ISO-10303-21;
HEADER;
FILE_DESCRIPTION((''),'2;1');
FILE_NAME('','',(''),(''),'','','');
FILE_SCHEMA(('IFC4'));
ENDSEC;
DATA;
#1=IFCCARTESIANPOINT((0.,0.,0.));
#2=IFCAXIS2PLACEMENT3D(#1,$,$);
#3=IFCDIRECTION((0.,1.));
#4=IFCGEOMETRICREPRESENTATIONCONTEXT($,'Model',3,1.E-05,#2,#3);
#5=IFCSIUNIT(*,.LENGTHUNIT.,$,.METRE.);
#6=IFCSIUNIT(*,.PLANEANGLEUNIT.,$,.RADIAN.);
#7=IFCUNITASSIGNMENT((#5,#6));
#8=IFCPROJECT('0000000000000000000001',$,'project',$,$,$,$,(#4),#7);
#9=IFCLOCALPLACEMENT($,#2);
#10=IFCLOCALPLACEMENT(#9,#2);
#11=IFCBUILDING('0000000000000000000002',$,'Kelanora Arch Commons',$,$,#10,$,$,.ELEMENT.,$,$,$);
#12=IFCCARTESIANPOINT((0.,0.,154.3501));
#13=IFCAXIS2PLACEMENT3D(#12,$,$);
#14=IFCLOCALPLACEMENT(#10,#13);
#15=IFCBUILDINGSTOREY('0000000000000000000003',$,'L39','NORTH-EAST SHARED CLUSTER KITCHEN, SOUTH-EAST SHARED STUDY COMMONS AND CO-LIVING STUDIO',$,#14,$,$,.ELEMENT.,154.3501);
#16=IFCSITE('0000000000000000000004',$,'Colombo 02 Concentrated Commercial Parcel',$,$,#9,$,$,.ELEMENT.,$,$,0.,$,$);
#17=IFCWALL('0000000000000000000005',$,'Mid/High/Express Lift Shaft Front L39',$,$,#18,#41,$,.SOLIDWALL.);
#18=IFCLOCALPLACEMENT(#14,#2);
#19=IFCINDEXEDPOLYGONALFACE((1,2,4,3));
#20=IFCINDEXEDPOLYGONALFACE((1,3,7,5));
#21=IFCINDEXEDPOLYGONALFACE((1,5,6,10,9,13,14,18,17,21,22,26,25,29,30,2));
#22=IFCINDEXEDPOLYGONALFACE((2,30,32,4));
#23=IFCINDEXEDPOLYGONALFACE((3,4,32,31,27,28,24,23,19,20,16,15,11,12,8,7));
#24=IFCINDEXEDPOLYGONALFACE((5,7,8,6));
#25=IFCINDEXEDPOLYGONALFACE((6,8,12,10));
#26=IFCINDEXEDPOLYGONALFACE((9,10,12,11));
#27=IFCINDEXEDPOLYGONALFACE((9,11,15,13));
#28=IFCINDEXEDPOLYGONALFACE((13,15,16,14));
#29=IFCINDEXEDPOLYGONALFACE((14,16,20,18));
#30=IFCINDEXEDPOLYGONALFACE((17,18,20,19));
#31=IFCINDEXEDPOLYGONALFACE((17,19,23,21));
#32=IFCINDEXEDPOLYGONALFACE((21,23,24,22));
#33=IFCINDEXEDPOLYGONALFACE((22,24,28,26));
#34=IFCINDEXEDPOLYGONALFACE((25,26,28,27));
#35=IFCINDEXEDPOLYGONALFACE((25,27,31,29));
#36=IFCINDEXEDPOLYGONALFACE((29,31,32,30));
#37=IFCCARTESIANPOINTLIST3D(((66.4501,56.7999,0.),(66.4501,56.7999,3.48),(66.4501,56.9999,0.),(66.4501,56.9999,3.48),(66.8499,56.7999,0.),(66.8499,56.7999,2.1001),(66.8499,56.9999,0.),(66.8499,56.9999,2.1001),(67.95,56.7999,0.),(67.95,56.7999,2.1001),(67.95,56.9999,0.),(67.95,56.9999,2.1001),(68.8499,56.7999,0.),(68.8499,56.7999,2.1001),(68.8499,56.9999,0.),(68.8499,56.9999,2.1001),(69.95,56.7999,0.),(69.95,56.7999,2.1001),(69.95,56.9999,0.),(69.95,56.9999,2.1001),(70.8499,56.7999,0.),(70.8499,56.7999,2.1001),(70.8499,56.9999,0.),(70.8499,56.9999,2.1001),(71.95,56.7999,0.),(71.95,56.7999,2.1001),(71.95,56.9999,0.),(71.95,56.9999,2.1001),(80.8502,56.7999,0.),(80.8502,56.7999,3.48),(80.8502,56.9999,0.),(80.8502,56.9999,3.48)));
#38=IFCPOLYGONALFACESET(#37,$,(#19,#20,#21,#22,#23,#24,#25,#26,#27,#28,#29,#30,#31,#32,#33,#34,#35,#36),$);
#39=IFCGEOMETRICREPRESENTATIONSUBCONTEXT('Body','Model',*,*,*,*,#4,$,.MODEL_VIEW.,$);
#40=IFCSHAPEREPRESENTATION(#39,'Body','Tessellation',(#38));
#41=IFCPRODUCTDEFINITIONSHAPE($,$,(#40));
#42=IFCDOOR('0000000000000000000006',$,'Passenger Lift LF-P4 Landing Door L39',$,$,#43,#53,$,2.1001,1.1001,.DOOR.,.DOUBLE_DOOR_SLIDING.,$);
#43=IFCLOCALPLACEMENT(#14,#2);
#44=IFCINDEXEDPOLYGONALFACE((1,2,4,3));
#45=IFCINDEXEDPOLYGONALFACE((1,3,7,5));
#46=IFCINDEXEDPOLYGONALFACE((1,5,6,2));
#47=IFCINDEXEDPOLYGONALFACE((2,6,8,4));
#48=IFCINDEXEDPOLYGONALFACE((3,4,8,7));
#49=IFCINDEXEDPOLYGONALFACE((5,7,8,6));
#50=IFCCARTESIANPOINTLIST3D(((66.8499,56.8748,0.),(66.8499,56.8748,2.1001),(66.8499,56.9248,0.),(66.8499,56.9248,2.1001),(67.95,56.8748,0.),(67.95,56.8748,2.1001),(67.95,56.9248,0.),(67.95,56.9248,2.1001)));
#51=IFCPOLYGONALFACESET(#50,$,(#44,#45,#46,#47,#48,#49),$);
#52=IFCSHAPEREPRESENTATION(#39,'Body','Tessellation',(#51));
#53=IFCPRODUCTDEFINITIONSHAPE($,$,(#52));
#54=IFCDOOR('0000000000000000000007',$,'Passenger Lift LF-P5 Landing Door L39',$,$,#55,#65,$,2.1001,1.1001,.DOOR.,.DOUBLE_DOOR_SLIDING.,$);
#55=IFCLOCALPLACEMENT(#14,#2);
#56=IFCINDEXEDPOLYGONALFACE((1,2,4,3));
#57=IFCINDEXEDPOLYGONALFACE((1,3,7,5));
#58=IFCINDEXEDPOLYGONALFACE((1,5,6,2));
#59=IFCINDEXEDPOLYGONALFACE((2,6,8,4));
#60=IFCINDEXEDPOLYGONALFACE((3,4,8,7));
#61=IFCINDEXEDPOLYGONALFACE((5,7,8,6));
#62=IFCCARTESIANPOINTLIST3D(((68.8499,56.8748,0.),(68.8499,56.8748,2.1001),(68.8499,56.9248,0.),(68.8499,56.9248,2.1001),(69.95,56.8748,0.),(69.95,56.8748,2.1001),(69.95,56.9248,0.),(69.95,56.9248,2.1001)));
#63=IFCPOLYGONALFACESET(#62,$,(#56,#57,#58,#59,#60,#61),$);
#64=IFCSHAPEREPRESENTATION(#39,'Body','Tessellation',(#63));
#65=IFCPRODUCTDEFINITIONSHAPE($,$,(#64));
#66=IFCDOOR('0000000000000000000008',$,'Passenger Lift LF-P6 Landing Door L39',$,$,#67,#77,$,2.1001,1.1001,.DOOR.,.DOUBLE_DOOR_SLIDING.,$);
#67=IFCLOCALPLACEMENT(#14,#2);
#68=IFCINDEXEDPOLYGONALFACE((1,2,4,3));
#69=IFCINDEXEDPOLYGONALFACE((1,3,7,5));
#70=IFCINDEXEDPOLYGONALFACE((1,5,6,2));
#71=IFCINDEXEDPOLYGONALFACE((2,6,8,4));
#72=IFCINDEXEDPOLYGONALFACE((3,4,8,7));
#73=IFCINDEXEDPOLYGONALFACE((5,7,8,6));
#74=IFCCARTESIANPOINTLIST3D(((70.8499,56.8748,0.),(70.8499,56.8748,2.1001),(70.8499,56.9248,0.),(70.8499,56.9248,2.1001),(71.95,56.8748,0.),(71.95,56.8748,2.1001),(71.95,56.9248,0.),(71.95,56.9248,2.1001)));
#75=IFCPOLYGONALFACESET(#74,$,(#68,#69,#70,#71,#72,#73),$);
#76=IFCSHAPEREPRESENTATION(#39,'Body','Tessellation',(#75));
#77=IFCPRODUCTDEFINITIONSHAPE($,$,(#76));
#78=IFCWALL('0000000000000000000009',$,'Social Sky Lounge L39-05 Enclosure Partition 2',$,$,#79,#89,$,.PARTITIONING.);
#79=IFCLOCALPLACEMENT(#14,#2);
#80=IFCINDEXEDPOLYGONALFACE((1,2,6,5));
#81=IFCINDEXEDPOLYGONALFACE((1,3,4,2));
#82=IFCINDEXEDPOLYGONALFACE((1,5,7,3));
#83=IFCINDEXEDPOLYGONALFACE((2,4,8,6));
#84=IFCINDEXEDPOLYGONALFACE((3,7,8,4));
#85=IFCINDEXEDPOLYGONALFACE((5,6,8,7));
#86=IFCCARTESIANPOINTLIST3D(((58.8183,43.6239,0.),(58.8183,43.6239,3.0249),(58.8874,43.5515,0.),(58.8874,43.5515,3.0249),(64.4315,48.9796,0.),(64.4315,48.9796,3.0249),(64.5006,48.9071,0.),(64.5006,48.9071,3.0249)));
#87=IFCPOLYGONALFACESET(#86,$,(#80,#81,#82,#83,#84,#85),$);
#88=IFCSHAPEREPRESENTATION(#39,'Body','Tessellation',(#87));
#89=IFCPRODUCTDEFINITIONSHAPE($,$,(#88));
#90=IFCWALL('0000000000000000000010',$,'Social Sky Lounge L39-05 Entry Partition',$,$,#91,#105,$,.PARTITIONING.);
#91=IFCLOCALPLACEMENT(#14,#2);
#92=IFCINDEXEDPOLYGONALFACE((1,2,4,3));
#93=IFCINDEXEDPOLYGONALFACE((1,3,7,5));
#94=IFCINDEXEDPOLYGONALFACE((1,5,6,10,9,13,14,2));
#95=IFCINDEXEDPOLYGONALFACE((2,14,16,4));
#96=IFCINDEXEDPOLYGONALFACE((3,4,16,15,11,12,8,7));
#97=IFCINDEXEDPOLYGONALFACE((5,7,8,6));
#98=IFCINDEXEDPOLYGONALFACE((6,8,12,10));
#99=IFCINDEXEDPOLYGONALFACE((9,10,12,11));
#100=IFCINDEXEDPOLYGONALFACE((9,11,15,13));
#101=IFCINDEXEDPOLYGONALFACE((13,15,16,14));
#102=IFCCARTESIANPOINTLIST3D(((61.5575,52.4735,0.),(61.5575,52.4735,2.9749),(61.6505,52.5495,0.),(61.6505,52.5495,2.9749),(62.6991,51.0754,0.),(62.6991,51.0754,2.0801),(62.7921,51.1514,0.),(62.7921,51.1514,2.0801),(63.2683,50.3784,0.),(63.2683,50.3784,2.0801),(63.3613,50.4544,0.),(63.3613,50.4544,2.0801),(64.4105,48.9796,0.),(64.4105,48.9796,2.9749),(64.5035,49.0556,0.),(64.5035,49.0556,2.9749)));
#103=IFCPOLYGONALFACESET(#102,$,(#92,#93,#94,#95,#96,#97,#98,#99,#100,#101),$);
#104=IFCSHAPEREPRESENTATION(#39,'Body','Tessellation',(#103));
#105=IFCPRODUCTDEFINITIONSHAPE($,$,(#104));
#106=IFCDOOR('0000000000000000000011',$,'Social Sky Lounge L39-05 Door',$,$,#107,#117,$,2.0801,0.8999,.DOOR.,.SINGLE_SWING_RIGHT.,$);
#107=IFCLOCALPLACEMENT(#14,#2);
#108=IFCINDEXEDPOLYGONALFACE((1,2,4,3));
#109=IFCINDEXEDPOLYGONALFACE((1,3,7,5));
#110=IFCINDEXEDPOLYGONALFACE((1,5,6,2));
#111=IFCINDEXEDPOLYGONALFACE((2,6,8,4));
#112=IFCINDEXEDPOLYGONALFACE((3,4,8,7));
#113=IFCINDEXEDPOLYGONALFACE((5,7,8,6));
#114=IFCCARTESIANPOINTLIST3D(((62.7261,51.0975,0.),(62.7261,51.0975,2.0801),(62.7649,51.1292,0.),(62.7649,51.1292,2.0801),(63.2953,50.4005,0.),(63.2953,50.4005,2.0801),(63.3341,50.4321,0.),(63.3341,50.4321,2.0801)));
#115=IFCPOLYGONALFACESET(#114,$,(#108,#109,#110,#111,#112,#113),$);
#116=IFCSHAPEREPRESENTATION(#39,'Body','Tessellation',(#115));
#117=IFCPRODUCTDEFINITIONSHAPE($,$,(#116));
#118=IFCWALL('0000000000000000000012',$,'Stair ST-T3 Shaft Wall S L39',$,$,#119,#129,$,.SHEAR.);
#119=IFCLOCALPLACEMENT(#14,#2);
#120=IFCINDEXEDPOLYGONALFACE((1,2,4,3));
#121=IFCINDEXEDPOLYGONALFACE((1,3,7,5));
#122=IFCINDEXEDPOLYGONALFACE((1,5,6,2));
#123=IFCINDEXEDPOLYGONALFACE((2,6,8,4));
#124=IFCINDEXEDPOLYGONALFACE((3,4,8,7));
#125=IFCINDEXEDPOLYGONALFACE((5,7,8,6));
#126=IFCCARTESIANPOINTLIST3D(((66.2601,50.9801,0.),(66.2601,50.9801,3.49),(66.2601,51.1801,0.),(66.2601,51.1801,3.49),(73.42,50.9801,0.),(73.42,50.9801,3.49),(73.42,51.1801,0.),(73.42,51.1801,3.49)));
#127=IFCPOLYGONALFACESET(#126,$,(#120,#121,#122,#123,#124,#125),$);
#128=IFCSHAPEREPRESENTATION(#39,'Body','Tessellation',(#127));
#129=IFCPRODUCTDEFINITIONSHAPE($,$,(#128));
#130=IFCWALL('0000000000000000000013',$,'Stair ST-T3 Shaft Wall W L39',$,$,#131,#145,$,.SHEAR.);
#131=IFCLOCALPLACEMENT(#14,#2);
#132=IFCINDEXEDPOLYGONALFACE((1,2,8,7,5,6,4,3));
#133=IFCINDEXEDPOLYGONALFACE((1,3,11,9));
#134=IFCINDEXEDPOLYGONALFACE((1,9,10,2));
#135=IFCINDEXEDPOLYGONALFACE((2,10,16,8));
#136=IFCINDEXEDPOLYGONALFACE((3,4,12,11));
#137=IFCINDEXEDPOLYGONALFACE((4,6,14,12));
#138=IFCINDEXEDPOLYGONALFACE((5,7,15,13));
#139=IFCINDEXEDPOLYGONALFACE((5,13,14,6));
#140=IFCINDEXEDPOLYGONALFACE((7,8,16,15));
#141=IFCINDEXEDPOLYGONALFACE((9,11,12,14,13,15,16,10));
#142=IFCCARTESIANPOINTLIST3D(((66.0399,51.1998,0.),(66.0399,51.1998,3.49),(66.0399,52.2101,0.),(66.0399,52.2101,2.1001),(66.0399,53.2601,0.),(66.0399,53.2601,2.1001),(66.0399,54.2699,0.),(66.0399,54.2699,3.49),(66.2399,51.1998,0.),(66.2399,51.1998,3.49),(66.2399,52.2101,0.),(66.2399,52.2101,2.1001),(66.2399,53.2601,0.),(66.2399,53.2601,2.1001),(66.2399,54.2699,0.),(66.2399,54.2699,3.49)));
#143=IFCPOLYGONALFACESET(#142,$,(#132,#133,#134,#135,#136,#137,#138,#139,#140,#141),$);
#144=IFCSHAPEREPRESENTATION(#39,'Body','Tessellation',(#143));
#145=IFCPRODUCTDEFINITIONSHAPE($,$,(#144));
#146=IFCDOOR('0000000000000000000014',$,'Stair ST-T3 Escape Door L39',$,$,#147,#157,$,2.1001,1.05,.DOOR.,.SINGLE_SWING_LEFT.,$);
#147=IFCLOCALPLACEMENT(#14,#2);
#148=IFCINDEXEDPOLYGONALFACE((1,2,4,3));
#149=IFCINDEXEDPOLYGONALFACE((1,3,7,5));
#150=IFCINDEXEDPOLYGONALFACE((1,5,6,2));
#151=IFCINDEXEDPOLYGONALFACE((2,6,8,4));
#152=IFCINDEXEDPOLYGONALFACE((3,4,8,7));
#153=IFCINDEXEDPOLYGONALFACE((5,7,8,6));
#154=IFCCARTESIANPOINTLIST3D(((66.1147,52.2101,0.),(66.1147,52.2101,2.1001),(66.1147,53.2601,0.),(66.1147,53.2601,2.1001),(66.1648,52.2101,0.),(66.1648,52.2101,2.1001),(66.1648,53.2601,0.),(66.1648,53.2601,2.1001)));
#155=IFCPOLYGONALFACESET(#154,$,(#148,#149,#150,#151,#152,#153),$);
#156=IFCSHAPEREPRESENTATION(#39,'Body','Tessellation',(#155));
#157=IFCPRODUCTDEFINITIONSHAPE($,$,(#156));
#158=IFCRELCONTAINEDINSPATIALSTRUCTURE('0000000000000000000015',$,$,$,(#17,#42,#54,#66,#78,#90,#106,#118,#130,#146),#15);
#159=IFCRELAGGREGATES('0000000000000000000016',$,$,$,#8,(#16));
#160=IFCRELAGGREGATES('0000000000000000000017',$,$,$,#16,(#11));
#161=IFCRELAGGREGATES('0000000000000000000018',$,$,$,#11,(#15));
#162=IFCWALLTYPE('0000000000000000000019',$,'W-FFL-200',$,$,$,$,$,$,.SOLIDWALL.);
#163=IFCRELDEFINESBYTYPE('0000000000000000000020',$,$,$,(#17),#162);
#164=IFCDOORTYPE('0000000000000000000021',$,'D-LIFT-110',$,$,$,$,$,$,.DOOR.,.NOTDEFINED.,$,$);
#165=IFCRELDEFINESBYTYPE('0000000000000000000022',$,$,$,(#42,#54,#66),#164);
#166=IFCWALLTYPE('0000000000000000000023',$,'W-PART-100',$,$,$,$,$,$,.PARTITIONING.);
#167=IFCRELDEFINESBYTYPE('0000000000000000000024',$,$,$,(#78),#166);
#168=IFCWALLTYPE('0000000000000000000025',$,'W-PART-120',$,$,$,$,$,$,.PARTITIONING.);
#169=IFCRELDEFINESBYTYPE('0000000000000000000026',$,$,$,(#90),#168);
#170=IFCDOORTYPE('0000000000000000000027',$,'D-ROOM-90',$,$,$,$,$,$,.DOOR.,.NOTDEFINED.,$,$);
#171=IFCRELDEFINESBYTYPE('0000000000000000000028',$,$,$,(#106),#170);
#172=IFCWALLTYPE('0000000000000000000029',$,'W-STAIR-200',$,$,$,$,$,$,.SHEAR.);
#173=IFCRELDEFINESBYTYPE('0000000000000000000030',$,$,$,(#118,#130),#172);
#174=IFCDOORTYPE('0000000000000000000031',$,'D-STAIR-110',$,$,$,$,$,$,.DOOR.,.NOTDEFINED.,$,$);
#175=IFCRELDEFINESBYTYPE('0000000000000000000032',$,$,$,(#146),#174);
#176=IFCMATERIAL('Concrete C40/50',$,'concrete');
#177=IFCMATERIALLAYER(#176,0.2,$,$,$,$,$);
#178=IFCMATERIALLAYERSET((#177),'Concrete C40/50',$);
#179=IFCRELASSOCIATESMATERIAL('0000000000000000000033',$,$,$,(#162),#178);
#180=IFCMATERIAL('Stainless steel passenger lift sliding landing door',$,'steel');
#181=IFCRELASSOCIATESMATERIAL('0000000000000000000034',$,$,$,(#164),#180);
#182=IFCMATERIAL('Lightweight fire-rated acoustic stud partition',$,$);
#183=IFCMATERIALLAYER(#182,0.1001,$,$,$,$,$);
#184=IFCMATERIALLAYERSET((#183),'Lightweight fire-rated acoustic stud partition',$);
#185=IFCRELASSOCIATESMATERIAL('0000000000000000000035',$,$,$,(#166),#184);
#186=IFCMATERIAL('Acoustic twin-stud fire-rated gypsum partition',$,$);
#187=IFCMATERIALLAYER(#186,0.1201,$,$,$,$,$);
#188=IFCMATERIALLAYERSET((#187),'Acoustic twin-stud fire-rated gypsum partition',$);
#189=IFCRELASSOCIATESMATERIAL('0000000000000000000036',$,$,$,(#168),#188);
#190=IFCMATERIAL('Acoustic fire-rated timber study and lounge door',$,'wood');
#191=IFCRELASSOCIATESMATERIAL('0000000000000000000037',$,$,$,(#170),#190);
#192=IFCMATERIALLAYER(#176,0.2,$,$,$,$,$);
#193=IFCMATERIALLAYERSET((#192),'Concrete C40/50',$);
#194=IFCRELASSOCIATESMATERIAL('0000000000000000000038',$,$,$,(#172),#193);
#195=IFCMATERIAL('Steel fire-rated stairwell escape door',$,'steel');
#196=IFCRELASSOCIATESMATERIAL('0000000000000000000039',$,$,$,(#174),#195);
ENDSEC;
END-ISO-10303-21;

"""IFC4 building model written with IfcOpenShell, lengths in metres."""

from ifc_helpers import new_model, si_unit, direction, frame, frame_2d, origin, place, context, subcontext, project, spatial, rectangle, extrude, material, layer, layer_set, type_object, element, fill, save


model = new_model("IFC4")

# Units and contexts
model_context = context("Model", 3, precision=1e-05, world=origin(), true_north=direction((0.0, 1.0)))
body_context = subcontext(model_context, "Body", "Model", "MODEL_VIEW")
ifc_project = project(units=[si_unit("LENGTHUNIT", "METRE"), si_unit("PLANEANGLEUNIT", "RADIAN")], contexts=[model_context])

# Site, building, storey
site_placement = place(None, origin())
site = spatial("IfcSite", under=ifc_project, at=site_placement, Name="Colombo 02 Concentrated Commercial Parcel", CompositionType="ELEMENT", RefElevation=0.0)
building_placement = place(site_placement, origin())
building = spatial("IfcBuilding", under=site, at=building_placement, Name="Kelanora Arch Commons", CompositionType="ELEMENT")
storey_placement = place(building_placement, frame((0.0, 0.0, 154.3501)))
storey = spatial("IfcBuildingStorey", under=building, at=storey_placement, Name="L39", Description="NORTH-EAST SHARED CLUSTER KITCHEN, SOUTH-EAST SHARED STUDY COMMONS AND CO-LIVING STUDIO", CompositionType="ELEMENT", Elevation=154.3501)

# Wall, openings, doors
ifc_material_1 = material(Name="Concrete C40/50", Category="concrete")
ifc_layer_1 = layer(ifc_material_1, 0.2)
ifc_layer_set_1 = layer_set([ifc_layer_1], Name="Concrete C40/50")
wall_type_1 = type_object("IfcWallType", Name="W-FFL-200", PredefinedType="SOLIDWALL", material=ifc_layer_set_1)
wall_1_placement = place(storey_placement, frame((66.45, 56.8999, 0.0), z_axis=(0.0, 0.0, 1.0), x_axis=(1.0, 0.0, 0.0)))
wall_1 = element("IfcWall", 1, at=wall_1_placement, inside=storey, type_object=wall_type_1, Name="Mid/High/Express Lift Shaft Front L39", PredefinedType="SOLIDWALL", context=body_context, shape_type="SweptSolid", body=[
    extrude(rectangle(XDim=14.4001, YDim=0.2, at=frame_2d((7.2002, 0.0))), origin(), (0.0, 0.0, 1.0), 3.48),
])
opening_1_placement = place(wall_1_placement, frame((0.3999, 0.0, 0.0)))
opening_1 = element("IfcOpeningElement", 2, at=opening_1_placement, cuts=wall_1, PredefinedType="OPENING", context=body_context, shape_type="SweptSolid", body=[
    extrude(rectangle(XDim=1.1001, YDim=2.1001, at=frame_2d((0.55, 1.05))), frame((0.0, 0.1099, 0.0), z_axis=(0.0, -1.0, 0.0), x_axis=(1.0, 0.0, 0.0)), (0.0, 0.0, 1.0), 0.22),
])
opening_2_placement = place(wall_1_placement, frame((2.3999, 0.0, 0.0)))
opening_2 = element("IfcOpeningElement", 3, at=opening_2_placement, cuts=wall_1, PredefinedType="OPENING", context=body_context, shape_type="SweptSolid", body=[
    extrude(rectangle(XDim=1.1001, YDim=2.1001, at=frame_2d((0.55, 1.05))), frame((0.0, 0.1099, 0.0), z_axis=(0.0, -1.0, 0.0), x_axis=(1.0, 0.0, 0.0)), (0.0, 0.0, 1.0), 0.22),
])
opening_3_placement = place(wall_1_placement, frame((4.3999, 0.0, 0.0)))
opening_3 = element("IfcOpeningElement", 4, at=opening_3_placement, cuts=wall_1, PredefinedType="OPENING", context=body_context, shape_type="SweptSolid", body=[
    extrude(rectangle(XDim=1.1001, YDim=2.1001, at=frame_2d((0.55, 1.05))), frame((0.0, 0.1099, 0.0), z_axis=(0.0, -1.0, 0.0), x_axis=(1.0, 0.0, 0.0)), (0.0, 0.0, 1.0), 0.22),
])
ifc_material_2 = material(Name="Stainless steel passenger lift sliding landing door", Category="steel")
door_type_1 = type_object("IfcDoorType", Name="D-LIFT-110", OperationType="NOTDEFINED", PredefinedType="DOOR", material=ifc_material_2)
door_1_placement = place(opening_1_placement, origin())
door_1 = element("IfcDoor", 5, at=door_1_placement, inside=storey, type_object=door_type_1, Name="Passenger Lift LF-P4 Landing Door L39", OperationType="DOUBLE_DOOR_SLIDING", OverallHeight=2.1001, OverallWidth=1.1001, PredefinedType="DOOR", context=body_context, shape_type="SweptSolid", body=[
    extrude(rectangle(XDim=1.1001, YDim=2.1001, at=frame_2d((0.55, 1.05))), frame((0.0, 0.0249, 0.0), z_axis=(0.0, -1.0, 0.0), x_axis=(1.0, 0.0, 0.0)), (0.0, 0.0, 1.0), 0.05),
])
fill(opening_1, door_1)
door_2_placement = place(opening_2_placement, origin())
door_2 = element("IfcDoor", 6, at=door_2_placement, inside=storey, type_object=door_type_1, Name="Passenger Lift LF-P5 Landing Door L39", OperationType="DOUBLE_DOOR_SLIDING", OverallHeight=2.1001, OverallWidth=1.1001, PredefinedType="DOOR", context=body_context, shape_type="SweptSolid", body=[
    extrude(rectangle(XDim=1.1001, YDim=2.1001, at=frame_2d((0.55, 1.05))), frame((0.0, 0.0249, 0.0), z_axis=(0.0, -1.0, 0.0), x_axis=(1.0, 0.0, 0.0)), (0.0, 0.0, 1.0), 0.05),
])
fill(opening_2, door_2)
door_3_placement = place(opening_3_placement, origin())
door_3 = element("IfcDoor", 7, at=door_3_placement, inside=storey, type_object=door_type_1, Name="Passenger Lift LF-P6 Landing Door L39", OperationType="DOUBLE_DOOR_SLIDING", OverallHeight=2.1001, OverallWidth=1.1001, PredefinedType="DOOR", context=body_context, shape_type="SweptSolid", body=[
    extrude(rectangle(XDim=1.1001, YDim=2.1001, at=frame_2d((0.55, 1.05))), frame((0.0, 0.0249, 0.0), z_axis=(0.0, -1.0, 0.0), x_axis=(1.0, 0.0, 0.0)), (0.0, 0.0, 1.0), 0.05),
])
fill(opening_3, door_3)

# Wall
ifc_material_3 = material(Name="Lightweight fire-rated acoustic stud partition")
ifc_layer_2 = layer(ifc_material_3, 0.1001)
ifc_layer_set_2 = layer_set([ifc_layer_2], Name="Lightweight fire-rated acoustic stud partition")
wall_type_2 = type_object("IfcWallType", Name="W-PART-100", PredefinedType="PARTITIONING", material=ifc_layer_set_2)
wall_2_placement = place(storey_placement, frame((64.4661, 48.9434, 0.0), z_axis=(0.0, 0.0, 1.0), x_axis=(-0.723511, -0.690313, 0.0)))
element("IfcWall", 8, at=wall_2_placement, inside=storey, type_object=wall_type_2, Name="Social Sky Lounge L39-05 Enclosure Partition 2", PredefinedType="PARTITIONING", context=body_context, shape_type="SweptSolid", body=[
    extrude(rectangle(XDim=7.7583, YDim=0.1001, at=frame_2d((3.8792, 0.0))), origin(), (0.0, 0.0, 1.0), 3.0249),
])

# Wall, opening, door
ifc_material_4 = material(Name="Acoustic twin-stud fire-rated gypsum partition")
ifc_layer_3 = layer(ifc_material_4, 0.1201)
ifc_layer_set_3 = layer_set([ifc_layer_3], Name="Acoustic twin-stud fire-rated gypsum partition")
wall_type_3 = type_object("IfcWallType", Name="W-PART-120", PredefinedType="PARTITIONING", material=ifc_layer_set_3)
wall_3_placement = place(storey_placement, frame((61.604, 52.5115, 0.0), z_axis=(0.0, 0.0, 1.0), x_axis=(0.632492, -0.774567, 0.0)))
wall_3 = element("IfcWall", 9, at=wall_3_placement, inside=storey, type_object=wall_type_3, Name="Social Sky Lounge L39-05 Entry Partition", PredefinedType="PARTITIONING", context=body_context, shape_type="SweptSolid", body=[
    extrude(rectangle(XDim=4.5107, YDim=0.1201, at=frame_2d((2.2554, 0.0))), origin(), (0.0, 0.0, 1.0), 2.9749),
])
opening_4_placement = place(wall_3_placement, frame((1.8049, 0.0, 0.0)))
opening_4 = element("IfcOpeningElement", 10, at=opening_4_placement, cuts=wall_3, PredefinedType="OPENING", context=body_context, shape_type="SweptSolid", body=[
    extrude(rectangle(XDim=0.8999, YDim=2.0801, at=frame_2d((0.45, 1.04))), frame((0.0, 0.0701, 0.0), z_axis=(0.0, -1.0, 0.0), x_axis=(1.0, 0.0, 0.0)), (0.0, 0.0, 1.0), 0.1401),
])
ifc_material_5 = material(Name="Acoustic fire-rated timber study and lounge door", Category="wood")
door_type_2 = type_object("IfcDoorType", Name="D-ROOM-90", OperationType="NOTDEFINED", PredefinedType="DOOR", material=ifc_material_5)
door_4_placement = place(opening_4_placement, origin())
door_4 = element("IfcDoor", 11, at=door_4_placement, inside=storey, type_object=door_type_2, Name="Social Sky Lounge L39-05 Door", OperationType="SINGLE_SWING_RIGHT", OverallHeight=2.0801, OverallWidth=0.8999, PredefinedType="DOOR", context=body_context, shape_type="SweptSolid", body=[
    extrude(rectangle(XDim=0.8999, YDim=2.0801, at=frame_2d((0.45, 1.04))), frame((0.0, 0.0249, 0.0), z_axis=(0.0, -1.0, 0.0), x_axis=(1.0, 0.0, 0.0)), (0.0, 0.0, 1.0), 0.05),
])
fill(opening_4, door_4)

# Wall
ifc_layer_4 = layer(ifc_material_1, 0.2)
ifc_layer_set_4 = layer_set([ifc_layer_4], Name="Concrete C40/50")
wall_type_4 = type_object("IfcWallType", Name="W-STAIR-200", PredefinedType="SHEAR", material=ifc_layer_set_4)
wall_4_placement = place(storey_placement, frame((66.26, 51.0801, 0.0), z_axis=(0.0, 0.0, 1.0), x_axis=(1.0, 0.0, 0.0)))
element("IfcWall", 12, at=wall_4_placement, inside=storey, type_object=wall_type_4, Name="Stair ST-T3 Shaft Wall S L39", PredefinedType="SHEAR", context=body_context, shape_type="SweptSolid", body=[
    extrude(rectangle(XDim=7.1599, YDim=0.2, at=frame_2d((3.5801, 0.0))), origin(), (0.0, 0.0, 1.0), 3.49),
])

# Wall, opening, door
wall_5_placement = place(storey_placement, frame((66.1399, 54.27, 0.0), z_axis=(0.0, 0.0, 1.0), x_axis=(0.0, -1.0, 0.0)))
wall_5 = element("IfcWall", 13, at=wall_5_placement, inside=storey, type_object=wall_type_4, Name="Stair ST-T3 Shaft Wall W L39", PredefinedType="SHEAR", context=body_context, shape_type="SweptSolid", body=[
    extrude(rectangle(XDim=3.0701, YDim=0.2, at=frame_2d((1.5352, 0.0))), origin(), (0.0, 0.0, 1.0), 3.49),
])
opening_5_placement = place(wall_5_placement, frame((1.01, 0.0, 0.0)))
opening_5 = element("IfcOpeningElement", 14, at=opening_5_placement, cuts=wall_5, PredefinedType="OPENING", context=body_context, shape_type="SweptSolid", body=[
    extrude(rectangle(XDim=1.05, YDim=2.1001, at=frame_2d((0.5249, 1.05))), frame((0.0, 0.1099, 0.0), z_axis=(0.0, -1.0, 0.0), x_axis=(1.0, 0.0, 0.0)), (0.0, 0.0, 1.0), 0.22),
])
ifc_material_6 = material(Name="Steel fire-rated stairwell escape door", Category="steel")
door_type_3 = type_object("IfcDoorType", Name="D-STAIR-110", OperationType="NOTDEFINED", PredefinedType="DOOR", material=ifc_material_6)
door_5_placement = place(opening_5_placement, origin())
door_5 = element("IfcDoor", 15, at=door_5_placement, inside=storey, type_object=door_type_3, Name="Stair ST-T3 Escape Door L39", OperationType="SINGLE_SWING_LEFT", OverallHeight=2.1001, OverallWidth=1.05, PredefinedType="DOOR", context=body_context, shape_type="SweptSolid", body=[
    extrude(rectangle(XDim=1.05, YDim=2.1001, at=frame_2d((0.5249, 1.05))), frame((0.0, 0.0249, 0.0), z_axis=(0.0, -1.0, 0.0), x_axis=(1.0, 0.0, 0.0)), (0.0, 0.0, 1.0), 0.05),
])
fill(opening_5, door_5)

save(model, "model.ifc")
